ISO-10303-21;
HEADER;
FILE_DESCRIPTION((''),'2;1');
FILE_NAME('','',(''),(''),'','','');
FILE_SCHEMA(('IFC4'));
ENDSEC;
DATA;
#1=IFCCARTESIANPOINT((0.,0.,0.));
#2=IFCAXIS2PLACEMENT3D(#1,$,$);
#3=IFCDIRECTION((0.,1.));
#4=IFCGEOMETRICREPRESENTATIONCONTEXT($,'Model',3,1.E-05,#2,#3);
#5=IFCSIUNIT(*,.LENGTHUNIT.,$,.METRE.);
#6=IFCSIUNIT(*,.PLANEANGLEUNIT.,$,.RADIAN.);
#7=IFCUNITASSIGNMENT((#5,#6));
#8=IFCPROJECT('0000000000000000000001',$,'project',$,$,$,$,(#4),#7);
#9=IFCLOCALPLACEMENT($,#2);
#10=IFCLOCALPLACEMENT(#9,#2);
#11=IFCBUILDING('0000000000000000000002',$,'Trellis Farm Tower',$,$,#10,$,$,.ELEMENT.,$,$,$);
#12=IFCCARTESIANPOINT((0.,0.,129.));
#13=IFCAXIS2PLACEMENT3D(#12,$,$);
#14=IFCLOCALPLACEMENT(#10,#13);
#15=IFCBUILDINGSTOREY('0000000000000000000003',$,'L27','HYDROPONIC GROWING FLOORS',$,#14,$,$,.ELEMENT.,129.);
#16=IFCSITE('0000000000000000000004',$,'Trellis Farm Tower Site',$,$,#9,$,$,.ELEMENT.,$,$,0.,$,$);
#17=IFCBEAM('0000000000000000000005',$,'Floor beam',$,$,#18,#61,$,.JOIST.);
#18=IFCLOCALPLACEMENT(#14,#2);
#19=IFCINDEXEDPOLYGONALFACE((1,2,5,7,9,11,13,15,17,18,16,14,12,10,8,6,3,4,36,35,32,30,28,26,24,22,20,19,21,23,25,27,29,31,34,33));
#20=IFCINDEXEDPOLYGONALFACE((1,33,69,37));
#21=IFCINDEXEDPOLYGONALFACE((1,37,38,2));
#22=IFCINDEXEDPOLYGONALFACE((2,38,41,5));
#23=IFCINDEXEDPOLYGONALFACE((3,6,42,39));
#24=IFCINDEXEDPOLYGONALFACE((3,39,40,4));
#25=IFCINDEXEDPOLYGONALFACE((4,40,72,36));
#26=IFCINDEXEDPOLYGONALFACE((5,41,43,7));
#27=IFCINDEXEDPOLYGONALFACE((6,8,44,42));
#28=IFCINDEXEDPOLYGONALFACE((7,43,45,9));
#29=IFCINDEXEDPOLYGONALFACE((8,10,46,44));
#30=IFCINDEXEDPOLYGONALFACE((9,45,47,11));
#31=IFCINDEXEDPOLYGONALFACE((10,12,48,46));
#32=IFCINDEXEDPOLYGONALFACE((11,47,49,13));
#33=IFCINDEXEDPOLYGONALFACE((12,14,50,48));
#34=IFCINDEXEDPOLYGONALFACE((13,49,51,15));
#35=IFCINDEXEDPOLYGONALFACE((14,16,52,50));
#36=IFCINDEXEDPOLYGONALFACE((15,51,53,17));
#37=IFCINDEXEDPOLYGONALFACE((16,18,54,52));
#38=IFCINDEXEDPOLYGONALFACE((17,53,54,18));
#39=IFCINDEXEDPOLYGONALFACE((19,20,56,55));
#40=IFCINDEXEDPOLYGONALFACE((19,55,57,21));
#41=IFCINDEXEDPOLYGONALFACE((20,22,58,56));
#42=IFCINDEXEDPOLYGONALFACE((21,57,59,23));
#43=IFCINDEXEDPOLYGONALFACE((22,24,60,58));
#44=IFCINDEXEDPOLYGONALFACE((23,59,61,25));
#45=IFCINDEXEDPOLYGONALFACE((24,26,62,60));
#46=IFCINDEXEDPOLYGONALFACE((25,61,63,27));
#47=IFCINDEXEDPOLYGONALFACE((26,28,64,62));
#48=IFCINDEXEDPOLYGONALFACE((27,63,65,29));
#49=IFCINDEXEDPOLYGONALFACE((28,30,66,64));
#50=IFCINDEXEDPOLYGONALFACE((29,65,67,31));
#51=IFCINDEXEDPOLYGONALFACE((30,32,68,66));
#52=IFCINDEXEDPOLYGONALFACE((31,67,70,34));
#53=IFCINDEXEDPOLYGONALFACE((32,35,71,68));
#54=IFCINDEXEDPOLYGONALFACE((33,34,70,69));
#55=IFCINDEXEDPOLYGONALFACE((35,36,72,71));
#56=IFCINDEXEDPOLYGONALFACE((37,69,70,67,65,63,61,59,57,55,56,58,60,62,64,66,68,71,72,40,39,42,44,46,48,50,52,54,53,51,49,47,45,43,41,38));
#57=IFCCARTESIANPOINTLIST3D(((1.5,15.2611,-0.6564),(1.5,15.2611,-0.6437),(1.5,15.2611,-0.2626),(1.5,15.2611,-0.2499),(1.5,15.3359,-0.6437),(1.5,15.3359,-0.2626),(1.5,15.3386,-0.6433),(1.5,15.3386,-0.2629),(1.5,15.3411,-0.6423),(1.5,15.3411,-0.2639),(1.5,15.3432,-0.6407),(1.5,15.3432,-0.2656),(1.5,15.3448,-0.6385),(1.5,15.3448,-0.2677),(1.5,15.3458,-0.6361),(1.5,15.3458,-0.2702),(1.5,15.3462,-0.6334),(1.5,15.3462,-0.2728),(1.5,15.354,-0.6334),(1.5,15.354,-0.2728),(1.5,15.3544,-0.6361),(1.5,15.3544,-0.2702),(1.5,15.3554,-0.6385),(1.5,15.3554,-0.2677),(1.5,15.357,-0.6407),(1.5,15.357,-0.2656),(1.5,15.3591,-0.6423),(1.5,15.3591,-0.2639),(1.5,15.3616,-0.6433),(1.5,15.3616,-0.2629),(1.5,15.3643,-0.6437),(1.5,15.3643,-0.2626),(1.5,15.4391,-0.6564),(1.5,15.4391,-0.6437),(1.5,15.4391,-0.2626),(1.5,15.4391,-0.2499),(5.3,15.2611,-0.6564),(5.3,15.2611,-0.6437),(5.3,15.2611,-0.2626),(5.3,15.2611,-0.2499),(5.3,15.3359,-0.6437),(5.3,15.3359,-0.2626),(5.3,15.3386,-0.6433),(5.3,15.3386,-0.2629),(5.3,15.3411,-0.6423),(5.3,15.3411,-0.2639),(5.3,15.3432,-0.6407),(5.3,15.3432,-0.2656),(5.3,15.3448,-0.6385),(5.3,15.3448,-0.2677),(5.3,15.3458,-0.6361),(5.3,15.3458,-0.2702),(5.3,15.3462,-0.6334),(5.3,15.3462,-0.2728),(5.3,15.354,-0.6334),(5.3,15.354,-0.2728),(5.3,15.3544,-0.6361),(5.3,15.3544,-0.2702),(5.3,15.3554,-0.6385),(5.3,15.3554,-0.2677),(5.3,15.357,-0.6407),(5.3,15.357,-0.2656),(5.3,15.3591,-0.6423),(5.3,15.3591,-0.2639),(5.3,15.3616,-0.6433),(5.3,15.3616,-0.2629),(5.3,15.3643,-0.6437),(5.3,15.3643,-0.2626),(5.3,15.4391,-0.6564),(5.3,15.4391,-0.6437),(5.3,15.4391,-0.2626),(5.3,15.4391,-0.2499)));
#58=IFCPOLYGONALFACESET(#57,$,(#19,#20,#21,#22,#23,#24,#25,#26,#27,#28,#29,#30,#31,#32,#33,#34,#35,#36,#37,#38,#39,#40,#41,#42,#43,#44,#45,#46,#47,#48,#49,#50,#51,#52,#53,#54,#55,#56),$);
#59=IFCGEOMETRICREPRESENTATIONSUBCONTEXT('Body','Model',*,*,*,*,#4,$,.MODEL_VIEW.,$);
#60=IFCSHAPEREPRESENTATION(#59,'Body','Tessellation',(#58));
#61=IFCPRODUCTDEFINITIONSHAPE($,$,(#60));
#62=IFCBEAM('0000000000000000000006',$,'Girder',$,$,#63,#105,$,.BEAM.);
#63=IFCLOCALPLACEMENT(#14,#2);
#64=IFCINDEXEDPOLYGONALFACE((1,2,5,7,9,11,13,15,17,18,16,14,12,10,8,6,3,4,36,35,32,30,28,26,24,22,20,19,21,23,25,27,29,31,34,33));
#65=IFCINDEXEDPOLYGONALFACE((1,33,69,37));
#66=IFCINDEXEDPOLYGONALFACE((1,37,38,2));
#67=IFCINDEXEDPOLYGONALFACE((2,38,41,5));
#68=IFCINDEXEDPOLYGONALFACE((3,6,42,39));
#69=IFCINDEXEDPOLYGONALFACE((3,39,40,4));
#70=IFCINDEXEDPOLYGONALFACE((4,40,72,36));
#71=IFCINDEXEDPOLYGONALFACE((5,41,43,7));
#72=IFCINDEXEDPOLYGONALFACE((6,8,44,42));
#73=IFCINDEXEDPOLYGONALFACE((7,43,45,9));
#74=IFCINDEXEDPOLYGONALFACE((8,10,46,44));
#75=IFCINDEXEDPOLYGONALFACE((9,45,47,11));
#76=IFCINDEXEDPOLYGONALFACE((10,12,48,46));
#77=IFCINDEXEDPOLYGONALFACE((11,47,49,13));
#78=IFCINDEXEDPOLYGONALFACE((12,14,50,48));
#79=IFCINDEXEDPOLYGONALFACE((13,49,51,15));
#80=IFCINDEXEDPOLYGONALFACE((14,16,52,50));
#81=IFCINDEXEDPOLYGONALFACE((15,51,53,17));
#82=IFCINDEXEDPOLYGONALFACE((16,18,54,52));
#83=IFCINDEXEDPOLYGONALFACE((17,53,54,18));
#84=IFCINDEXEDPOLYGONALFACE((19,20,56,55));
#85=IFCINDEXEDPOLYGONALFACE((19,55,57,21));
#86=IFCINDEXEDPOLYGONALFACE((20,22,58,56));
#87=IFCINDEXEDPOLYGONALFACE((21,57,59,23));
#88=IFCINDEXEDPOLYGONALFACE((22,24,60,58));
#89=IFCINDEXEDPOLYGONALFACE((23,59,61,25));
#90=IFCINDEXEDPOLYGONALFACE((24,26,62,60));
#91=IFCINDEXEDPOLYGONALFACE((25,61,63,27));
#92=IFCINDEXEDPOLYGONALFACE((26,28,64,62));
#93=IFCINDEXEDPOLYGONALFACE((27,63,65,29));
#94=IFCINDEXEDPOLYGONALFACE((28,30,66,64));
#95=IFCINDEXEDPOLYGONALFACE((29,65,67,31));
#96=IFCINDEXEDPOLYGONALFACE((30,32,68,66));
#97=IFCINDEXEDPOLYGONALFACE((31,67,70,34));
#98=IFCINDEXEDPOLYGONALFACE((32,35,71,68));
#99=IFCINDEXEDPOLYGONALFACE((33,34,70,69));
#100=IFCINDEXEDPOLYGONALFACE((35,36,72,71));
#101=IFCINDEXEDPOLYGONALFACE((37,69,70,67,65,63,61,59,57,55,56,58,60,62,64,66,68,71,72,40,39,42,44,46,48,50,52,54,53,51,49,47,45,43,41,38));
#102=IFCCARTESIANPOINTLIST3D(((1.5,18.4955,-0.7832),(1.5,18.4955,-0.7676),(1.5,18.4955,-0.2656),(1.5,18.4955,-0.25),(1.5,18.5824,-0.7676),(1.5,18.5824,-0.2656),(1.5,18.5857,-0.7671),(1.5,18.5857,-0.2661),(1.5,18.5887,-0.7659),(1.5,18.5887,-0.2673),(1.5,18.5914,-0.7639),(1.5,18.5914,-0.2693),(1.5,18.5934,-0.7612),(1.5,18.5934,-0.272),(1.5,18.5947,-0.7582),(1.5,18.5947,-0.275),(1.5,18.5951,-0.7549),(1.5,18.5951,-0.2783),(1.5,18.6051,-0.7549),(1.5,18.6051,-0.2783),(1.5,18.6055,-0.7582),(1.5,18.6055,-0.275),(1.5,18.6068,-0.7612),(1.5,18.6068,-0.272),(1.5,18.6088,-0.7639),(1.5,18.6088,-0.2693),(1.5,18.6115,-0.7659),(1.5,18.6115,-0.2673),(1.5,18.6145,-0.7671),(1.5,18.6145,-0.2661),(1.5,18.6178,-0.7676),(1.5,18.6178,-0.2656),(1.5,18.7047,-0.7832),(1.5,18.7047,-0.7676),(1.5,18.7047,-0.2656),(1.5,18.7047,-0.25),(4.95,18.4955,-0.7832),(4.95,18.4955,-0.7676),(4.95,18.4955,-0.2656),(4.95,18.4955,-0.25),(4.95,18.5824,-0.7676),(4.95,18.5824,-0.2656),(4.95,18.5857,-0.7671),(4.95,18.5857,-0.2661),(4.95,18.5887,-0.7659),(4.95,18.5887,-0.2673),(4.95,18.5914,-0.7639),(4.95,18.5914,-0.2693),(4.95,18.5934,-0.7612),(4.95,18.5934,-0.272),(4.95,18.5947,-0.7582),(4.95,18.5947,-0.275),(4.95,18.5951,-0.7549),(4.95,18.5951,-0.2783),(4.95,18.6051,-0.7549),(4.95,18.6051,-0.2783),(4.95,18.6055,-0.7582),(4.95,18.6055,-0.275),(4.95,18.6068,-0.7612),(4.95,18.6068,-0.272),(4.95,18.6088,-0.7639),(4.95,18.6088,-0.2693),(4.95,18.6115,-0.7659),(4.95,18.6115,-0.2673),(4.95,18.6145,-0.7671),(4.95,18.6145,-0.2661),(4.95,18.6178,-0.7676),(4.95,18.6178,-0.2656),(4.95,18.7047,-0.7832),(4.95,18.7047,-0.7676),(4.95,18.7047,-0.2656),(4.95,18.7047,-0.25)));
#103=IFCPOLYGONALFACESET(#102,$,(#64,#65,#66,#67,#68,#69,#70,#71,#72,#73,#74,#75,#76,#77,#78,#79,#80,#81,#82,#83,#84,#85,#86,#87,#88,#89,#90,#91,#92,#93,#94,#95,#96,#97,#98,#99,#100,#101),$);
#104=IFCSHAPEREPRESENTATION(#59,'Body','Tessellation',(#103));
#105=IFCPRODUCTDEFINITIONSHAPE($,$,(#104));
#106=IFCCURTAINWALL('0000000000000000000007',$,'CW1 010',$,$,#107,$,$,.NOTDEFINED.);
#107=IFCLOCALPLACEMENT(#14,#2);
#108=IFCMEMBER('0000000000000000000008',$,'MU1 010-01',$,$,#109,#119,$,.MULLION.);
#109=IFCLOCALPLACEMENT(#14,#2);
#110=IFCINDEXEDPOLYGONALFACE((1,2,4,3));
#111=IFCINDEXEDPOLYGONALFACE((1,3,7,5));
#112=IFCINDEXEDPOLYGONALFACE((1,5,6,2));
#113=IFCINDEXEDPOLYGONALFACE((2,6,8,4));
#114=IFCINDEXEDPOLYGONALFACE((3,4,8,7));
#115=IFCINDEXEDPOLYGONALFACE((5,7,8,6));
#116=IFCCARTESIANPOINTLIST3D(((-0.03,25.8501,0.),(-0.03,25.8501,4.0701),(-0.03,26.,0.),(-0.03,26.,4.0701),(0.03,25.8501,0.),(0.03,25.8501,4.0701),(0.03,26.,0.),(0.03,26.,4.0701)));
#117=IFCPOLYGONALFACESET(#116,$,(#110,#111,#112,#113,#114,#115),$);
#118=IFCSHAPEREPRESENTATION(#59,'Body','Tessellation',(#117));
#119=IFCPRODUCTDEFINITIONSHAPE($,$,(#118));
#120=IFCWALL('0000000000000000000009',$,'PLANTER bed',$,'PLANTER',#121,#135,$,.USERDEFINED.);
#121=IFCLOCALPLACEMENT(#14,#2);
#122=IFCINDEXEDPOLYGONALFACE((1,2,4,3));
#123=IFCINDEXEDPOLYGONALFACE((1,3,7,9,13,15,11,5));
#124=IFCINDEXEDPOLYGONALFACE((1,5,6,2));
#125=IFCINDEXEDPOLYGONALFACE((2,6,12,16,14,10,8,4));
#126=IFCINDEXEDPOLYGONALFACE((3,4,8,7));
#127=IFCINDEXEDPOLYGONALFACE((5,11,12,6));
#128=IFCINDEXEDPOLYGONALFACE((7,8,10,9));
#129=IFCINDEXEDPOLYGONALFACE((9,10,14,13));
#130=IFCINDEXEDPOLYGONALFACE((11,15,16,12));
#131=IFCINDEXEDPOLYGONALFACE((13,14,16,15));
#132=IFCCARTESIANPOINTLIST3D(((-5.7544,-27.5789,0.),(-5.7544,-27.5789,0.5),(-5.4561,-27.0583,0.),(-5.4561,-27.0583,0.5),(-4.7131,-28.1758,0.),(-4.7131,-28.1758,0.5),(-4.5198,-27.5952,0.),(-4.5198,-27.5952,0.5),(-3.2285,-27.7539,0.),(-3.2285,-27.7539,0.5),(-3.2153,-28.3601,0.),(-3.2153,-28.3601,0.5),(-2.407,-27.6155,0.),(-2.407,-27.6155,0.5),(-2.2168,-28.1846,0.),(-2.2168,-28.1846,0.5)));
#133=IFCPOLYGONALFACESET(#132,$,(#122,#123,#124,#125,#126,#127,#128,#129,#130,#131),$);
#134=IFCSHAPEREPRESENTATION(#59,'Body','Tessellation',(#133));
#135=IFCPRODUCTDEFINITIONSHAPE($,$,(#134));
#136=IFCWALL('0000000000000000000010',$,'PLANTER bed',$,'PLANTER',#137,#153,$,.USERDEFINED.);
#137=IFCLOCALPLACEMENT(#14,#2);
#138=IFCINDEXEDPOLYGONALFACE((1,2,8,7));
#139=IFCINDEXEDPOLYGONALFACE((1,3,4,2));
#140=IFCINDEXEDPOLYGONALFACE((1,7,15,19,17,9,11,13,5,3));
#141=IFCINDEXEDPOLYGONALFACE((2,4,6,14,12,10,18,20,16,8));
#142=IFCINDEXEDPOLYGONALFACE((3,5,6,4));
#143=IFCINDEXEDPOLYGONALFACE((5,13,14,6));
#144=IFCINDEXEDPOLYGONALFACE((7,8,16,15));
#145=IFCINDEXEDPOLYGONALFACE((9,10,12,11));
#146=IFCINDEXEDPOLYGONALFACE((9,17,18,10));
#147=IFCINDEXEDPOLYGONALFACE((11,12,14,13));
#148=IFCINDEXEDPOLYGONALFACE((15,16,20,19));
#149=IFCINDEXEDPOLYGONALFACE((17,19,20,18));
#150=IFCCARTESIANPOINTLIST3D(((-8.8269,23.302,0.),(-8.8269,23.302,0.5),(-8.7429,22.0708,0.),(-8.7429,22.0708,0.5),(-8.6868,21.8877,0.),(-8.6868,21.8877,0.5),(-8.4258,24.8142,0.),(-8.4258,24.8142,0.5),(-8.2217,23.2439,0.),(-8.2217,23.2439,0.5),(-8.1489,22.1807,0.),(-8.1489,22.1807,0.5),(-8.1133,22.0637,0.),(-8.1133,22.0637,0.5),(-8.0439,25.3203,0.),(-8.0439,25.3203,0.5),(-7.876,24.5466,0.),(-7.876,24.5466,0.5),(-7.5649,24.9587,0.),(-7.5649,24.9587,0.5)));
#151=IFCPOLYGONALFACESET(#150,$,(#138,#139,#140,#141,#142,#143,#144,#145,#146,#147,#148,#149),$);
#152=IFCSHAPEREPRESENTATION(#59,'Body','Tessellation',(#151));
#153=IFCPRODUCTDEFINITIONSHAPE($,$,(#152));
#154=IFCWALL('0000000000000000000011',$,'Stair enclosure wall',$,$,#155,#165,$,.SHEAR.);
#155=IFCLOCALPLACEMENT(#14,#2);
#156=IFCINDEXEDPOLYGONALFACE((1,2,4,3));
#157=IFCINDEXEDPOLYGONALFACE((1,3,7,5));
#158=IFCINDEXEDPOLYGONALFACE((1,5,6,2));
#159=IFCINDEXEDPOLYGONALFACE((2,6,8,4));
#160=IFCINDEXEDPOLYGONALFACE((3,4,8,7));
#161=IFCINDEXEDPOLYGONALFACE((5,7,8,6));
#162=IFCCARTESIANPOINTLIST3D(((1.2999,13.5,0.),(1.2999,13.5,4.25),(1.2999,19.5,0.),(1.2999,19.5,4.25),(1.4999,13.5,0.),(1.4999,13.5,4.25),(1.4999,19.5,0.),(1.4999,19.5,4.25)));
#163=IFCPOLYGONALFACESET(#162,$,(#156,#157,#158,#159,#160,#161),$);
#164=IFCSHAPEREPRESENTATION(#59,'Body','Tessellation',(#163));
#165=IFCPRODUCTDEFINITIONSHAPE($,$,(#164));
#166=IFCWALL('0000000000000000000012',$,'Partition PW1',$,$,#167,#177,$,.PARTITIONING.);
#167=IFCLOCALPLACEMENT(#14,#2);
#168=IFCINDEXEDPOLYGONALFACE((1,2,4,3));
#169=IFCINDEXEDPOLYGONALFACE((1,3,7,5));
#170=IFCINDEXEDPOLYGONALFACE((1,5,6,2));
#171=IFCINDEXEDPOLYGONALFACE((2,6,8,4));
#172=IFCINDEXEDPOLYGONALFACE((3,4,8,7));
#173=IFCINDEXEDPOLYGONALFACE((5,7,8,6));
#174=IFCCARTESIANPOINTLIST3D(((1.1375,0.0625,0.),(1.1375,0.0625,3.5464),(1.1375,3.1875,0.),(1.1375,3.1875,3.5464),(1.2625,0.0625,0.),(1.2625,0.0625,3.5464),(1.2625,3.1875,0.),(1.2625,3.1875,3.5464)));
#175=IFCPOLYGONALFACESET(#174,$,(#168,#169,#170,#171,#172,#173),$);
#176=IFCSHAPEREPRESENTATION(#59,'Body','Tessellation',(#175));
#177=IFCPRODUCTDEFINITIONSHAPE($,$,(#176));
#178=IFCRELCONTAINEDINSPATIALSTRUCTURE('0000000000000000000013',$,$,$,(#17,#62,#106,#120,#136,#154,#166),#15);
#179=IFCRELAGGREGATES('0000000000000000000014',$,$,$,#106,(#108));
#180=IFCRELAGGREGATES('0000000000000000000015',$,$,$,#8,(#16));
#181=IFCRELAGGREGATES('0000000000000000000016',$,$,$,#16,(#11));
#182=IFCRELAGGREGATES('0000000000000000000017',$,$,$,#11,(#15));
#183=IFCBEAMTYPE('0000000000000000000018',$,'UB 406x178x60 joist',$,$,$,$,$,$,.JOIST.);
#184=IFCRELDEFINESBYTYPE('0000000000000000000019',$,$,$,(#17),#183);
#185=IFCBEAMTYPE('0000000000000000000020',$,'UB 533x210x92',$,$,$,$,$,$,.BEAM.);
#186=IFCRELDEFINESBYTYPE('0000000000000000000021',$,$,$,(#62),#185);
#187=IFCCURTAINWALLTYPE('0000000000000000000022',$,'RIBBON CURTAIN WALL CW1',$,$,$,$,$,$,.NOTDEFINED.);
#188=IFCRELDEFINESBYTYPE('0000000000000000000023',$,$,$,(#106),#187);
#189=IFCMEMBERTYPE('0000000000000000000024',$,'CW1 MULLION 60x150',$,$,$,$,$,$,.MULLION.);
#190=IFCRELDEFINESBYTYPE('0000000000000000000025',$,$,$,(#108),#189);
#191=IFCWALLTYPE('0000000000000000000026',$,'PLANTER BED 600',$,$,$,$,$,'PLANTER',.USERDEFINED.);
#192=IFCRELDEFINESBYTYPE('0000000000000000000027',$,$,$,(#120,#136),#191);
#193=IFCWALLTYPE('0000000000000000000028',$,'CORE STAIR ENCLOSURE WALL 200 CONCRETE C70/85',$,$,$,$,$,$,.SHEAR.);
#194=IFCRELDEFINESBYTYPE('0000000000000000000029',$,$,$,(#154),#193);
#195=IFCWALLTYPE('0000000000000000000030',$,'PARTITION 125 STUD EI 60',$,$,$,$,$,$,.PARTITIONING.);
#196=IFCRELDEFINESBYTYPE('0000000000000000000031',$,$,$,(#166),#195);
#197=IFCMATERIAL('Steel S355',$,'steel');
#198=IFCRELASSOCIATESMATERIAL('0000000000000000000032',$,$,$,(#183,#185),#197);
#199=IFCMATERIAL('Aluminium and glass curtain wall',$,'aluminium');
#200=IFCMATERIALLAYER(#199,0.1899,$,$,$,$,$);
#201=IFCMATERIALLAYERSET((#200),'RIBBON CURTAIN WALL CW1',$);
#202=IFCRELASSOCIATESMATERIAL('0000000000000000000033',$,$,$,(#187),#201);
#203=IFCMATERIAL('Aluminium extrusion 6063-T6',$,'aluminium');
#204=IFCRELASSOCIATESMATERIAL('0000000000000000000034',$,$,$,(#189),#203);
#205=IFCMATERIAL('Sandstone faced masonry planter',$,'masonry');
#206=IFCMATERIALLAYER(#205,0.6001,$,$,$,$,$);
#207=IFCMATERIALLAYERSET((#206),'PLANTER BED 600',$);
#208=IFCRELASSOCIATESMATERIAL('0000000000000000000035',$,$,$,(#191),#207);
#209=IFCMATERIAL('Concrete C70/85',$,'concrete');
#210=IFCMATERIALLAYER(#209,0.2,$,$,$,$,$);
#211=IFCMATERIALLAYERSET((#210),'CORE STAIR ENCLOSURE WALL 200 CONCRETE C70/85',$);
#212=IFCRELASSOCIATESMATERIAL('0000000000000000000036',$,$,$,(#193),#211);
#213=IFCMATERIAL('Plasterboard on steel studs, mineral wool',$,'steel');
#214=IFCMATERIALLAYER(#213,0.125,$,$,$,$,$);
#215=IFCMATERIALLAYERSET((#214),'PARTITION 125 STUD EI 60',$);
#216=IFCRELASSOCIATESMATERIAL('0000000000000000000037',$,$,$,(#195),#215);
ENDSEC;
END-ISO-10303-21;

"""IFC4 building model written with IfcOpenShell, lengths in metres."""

from ifc_helpers import new_model, si_unit, direction, frame, frame_2d, origin, origin_2d, place, context, subcontext, project, spatial, polyline, rectangle, i_section, outline, extrude, source, transform, mapped, material, layer, layer_set, material_profile, profile_set, type_object, element, aggregate, save


model = new_model("IFC4")

# Units and contexts
model_context = context("Model", 3, precision=1e-05, world=origin(), true_north=direction((0.0, 1.0)))
body_context = subcontext(model_context, "Body", "Model", "MODEL_VIEW")
ifc_project = project(units=[si_unit("LENGTHUNIT", "METRE"), si_unit("PLANEANGLEUNIT", "RADIAN")], contexts=[model_context])

# Site, building, storey
site_placement = place(None, origin())
site = spatial("IfcSite", under=ifc_project, at=site_placement, Name="Trellis Farm Tower Site", CompositionType="ELEMENT", RefElevation=0.0)
building_placement = place(site_placement, origin())
building = spatial("IfcBuilding", under=site, at=building_placement, Name="Trellis Farm Tower", CompositionType="ELEMENT")
storey_placement = place(building_placement, frame((0.0, 0.0, 129.0)))
storey = spatial("IfcBuildingStorey", under=building, at=storey_placement, Name="L27", Description="HYDROPONIC GROWING FLOORS", CompositionType="ELEMENT", Elevation=129.0)

# Beams
ifc_material_1 = material(Name="Steel S355", Category="steel")
ifc_material_profile_1 = material_profile(ifc_material_1, i_section(OverallWidth=0.178, OverallDepth=0.4065, WebThickness=0.0078, FlangeThickness=0.0127, FilletRadius=0.0103, at=origin_2d()), Name="UB 406x178x60")
ifc_profile_set_1 = profile_set([ifc_material_profile_1], Name="Steel S355")
beam_type_1 = type_object("IfcBeamType", Name="UB 406x178x60 joist", PredefinedType="JOIST", material=ifc_profile_set_1)
shared_shape_1 = source(origin(), body_context, "Body", "SweptSolid", [
    extrude(i_section(OverallWidth=0.178, OverallDepth=0.4065, WebThickness=0.0078, FlangeThickness=0.0127, FilletRadius=0.0103, at=origin_2d()), origin(), (0.0, 0.0, 1.0), 3.8),
])
beam_1_placement = place(storey_placement, frame((1.5, 15.3501, -0.4531), z_axis=(1.0, 0.0, 0.0), x_axis=(0.0, 1.0, 0.0)))
element("IfcBeam", 1, at=beam_1_placement, inside=storey, type_object=beam_type_1, Name="Floor beam", PredefinedType="JOIST", context=body_context, shape_type="MappedRepresentation", body=[
    mapped(shared_shape_1, transform((0.0, 0.0, 0.0))),
])
ifc_material_profile_2 = material_profile(ifc_material_1, i_section(OverallWidth=0.2092, OverallDepth=0.5332, WebThickness=0.01, FlangeThickness=0.0156, FilletRadius=0.0127, at=origin_2d()), Name="UB 533x210x92")
ifc_profile_set_2 = profile_set([ifc_material_profile_2], Name="Steel S355")
beam_type_2 = type_object("IfcBeamType", Name="UB 533x210x92", PredefinedType="BEAM", material=ifc_profile_set_2)
shared_shape_2 = source(origin(), body_context, "Body", "SweptSolid", [
    extrude(i_section(OverallWidth=0.2092, OverallDepth=0.5332, WebThickness=0.01, FlangeThickness=0.0156, FilletRadius=0.0127, at=origin_2d()), origin(), (0.0, 0.0, 1.0), 3.45),
])
beam_2_placement = place(storey_placement, frame((1.5, 18.6001, -0.5166), z_axis=(1.0, 0.0, 0.0), x_axis=(0.0, 1.0, 0.0)))
element("IfcBeam", 2, at=beam_2_placement, inside=storey, type_object=beam_type_2, Name="Girder", PredefinedType="BEAM", context=body_context, shape_type="MappedRepresentation", body=[
    mapped(shared_shape_2, transform((0.0, 0.0, 0.0))),
])

# Curtain wall, member
ifc_material_2 = material(Name="Aluminium and glass curtain wall", Category="aluminium")
ifc_layer_1 = layer(ifc_material_2, 0.1899)
ifc_layer_set_1 = layer_set([ifc_layer_1], Name="RIBBON CURTAIN WALL CW1")
curtain_wall_type = type_object("IfcCurtainWallType", Name="RIBBON CURTAIN WALL CW1", PredefinedType="NOTDEFINED", material=ifc_layer_set_1)
placement = place(storey_placement, origin())
curtain_wall = element("IfcCurtainWall", 3, at=placement, inside=storey, type_object=curtain_wall_type, Name="CW1 010", PredefinedType="NOTDEFINED")
ifc_material_3 = material(Name="Aluminium extrusion 6063-T6", Category="aluminium")
ifc_material_profile_3 = material_profile(ifc_material_3, rectangle(XDim=0.0601, YDim=0.1499, at=origin_2d()), Name="MULLION 60x150")
ifc_profile_set_3 = profile_set([ifc_material_profile_3], Name="Aluminium extrusion 6063-T6")
member_type = type_object("IfcMemberType", Name="CW1 MULLION 60x150", PredefinedType="MULLION", material=ifc_profile_set_3)
shared_shape_3 = source(origin(), body_context, "Body", "SweptSolid", [
    extrude(rectangle(XDim=0.0601, YDim=0.1499, at=origin_2d()), origin(), (0.0, 0.0, 1.0), 4.0701),
])
member_placement = place(storey_placement, frame((0.0, 25.925, 0.0), z_axis=(0.0, 0.0, 1.0), x_axis=(-1.0, 0.0, 0.0)))
member = element("IfcMember", 4, at=member_placement, type_object=member_type, Name="MU1 010-01", PredefinedType="MULLION", context=body_context, shape_type="MappedRepresentation", body=[
    mapped(shared_shape_3, transform((0.0, 0.0, 0.0))),
])
aggregate(curtain_wall, [member])

# Walls
ifc_material_4 = material(Name="Sandstone faced masonry planter", Category="masonry")
ifc_layer_2 = layer(ifc_material_4, 0.6001)
ifc_layer_set_2 = layer_set([ifc_layer_2], Name="PLANTER BED 600")
wall_type_1 = type_object("IfcWallType", Name="PLANTER BED 600", ElementType="PLANTER", PredefinedType="USERDEFINED", material=ifc_layer_set_2)
element("IfcWall", 5, at=placement, inside=storey, type_object=wall_type_1, Name="PLANTER bed", ObjectType="PLANTER", PredefinedType="USERDEFINED", context=body_context, shape_type="SweptSolid", body=[
    extrude(outline(polyline([(-3.2153, -28.3601), (-4.7131, -28.1758), (-5.7544, -27.5789), (-5.4561, -27.0583), (-4.5198, -27.5952), (-3.2285, -27.7539), (-2.407, -27.6155), (-2.2168, -28.1846), (-3.2153, -28.3601)])), origin(), (0.0, 0.0, 1.0), 0.5),
])
element("IfcWall", 6, at=placement, inside=storey, type_object=wall_type_1, Name="PLANTER bed", ObjectType="PLANTER", PredefinedType="USERDEFINED", context=body_context, shape_type="SweptSolid", body=[
    extrude(outline(polyline([(-8.8269, 23.302), (-8.4258, 24.8142), (-8.0439, 25.3203), (-7.5649, 24.9587), (-7.876, 24.5466), (-8.2217, 23.2439), (-8.1489, 22.1807), (-8.1133, 22.0637), (-8.6868, 21.8877), (-8.7429, 22.0708), (-8.8269, 23.302)])), origin(), (0.0, 0.0, 1.0), 0.5),
])
ifc_material_5 = material(Name="Concrete C70/85", Category="concrete")
ifc_layer_3 = layer(ifc_material_5, 0.2)
ifc_layer_set_3 = layer_set([ifc_layer_3], Name="CORE STAIR ENCLOSURE WALL 200 CONCRETE C70/85")
wall_type_2 = type_object("IfcWallType", Name="CORE STAIR ENCLOSURE WALL 200 CONCRETE C70/85", PredefinedType="SHEAR", material=ifc_layer_set_3)
shared_shape_4 = source(origin(), body_context, "Body", "SweptSolid", [
    extrude(rectangle(XDim=6.0, YDim=0.2, at=frame_2d((3.0, 0.0))), origin(), (0.0, 0.0, 1.0), 4.25),
])
wall_1_placement = place(storey_placement, frame((1.3999, 13.5, 0.0), z_axis=(0.0, 0.0, 1.0), x_axis=(0.0, 1.0, 0.0)))
element("IfcWall", 7, at=wall_1_placement, inside=storey, type_object=wall_type_2, Name="Stair enclosure wall", PredefinedType="SHEAR", context=body_context, shape_type="MappedRepresentation", body=[
    mapped(shared_shape_4, transform((0.0, 0.0, 0.0))),
])
ifc_material_6 = material(Name="Plasterboard on steel studs, mineral wool", Category="steel")
ifc_layer_4 = layer(ifc_material_6, 0.125)
ifc_layer_set_4 = layer_set([ifc_layer_4], Name="PARTITION 125 STUD EI 60")
wall_type_3 = type_object("IfcWallType", Name="PARTITION 125 STUD EI 60", PredefinedType="PARTITIONING", material=ifc_layer_set_4)
shared_shape_5 = source(origin(), body_context, "Body", "SweptSolid", [
    extrude(rectangle(XDim=3.125, YDim=0.125, at=frame_2d((1.5625, 0.0))), origin(), (0.0, 0.0, 1.0), 3.5464),
])
wall_2_placement = place(storey_placement, frame((1.2, 3.1875, 0.0), z_axis=(0.0, 0.0, 1.0), x_axis=(0.0, -1.0, 0.0)))
element("IfcWall", 8, at=wall_2_placement, inside=storey, type_object=wall_type_3, Name="Partition PW1", PredefinedType="PARTITIONING", context=body_context, shape_type="MappedRepresentation", body=[
    mapped(shared_shape_5, transform((0.0, 0.0, 0.0))),
])

save(model, "model.ifc")
